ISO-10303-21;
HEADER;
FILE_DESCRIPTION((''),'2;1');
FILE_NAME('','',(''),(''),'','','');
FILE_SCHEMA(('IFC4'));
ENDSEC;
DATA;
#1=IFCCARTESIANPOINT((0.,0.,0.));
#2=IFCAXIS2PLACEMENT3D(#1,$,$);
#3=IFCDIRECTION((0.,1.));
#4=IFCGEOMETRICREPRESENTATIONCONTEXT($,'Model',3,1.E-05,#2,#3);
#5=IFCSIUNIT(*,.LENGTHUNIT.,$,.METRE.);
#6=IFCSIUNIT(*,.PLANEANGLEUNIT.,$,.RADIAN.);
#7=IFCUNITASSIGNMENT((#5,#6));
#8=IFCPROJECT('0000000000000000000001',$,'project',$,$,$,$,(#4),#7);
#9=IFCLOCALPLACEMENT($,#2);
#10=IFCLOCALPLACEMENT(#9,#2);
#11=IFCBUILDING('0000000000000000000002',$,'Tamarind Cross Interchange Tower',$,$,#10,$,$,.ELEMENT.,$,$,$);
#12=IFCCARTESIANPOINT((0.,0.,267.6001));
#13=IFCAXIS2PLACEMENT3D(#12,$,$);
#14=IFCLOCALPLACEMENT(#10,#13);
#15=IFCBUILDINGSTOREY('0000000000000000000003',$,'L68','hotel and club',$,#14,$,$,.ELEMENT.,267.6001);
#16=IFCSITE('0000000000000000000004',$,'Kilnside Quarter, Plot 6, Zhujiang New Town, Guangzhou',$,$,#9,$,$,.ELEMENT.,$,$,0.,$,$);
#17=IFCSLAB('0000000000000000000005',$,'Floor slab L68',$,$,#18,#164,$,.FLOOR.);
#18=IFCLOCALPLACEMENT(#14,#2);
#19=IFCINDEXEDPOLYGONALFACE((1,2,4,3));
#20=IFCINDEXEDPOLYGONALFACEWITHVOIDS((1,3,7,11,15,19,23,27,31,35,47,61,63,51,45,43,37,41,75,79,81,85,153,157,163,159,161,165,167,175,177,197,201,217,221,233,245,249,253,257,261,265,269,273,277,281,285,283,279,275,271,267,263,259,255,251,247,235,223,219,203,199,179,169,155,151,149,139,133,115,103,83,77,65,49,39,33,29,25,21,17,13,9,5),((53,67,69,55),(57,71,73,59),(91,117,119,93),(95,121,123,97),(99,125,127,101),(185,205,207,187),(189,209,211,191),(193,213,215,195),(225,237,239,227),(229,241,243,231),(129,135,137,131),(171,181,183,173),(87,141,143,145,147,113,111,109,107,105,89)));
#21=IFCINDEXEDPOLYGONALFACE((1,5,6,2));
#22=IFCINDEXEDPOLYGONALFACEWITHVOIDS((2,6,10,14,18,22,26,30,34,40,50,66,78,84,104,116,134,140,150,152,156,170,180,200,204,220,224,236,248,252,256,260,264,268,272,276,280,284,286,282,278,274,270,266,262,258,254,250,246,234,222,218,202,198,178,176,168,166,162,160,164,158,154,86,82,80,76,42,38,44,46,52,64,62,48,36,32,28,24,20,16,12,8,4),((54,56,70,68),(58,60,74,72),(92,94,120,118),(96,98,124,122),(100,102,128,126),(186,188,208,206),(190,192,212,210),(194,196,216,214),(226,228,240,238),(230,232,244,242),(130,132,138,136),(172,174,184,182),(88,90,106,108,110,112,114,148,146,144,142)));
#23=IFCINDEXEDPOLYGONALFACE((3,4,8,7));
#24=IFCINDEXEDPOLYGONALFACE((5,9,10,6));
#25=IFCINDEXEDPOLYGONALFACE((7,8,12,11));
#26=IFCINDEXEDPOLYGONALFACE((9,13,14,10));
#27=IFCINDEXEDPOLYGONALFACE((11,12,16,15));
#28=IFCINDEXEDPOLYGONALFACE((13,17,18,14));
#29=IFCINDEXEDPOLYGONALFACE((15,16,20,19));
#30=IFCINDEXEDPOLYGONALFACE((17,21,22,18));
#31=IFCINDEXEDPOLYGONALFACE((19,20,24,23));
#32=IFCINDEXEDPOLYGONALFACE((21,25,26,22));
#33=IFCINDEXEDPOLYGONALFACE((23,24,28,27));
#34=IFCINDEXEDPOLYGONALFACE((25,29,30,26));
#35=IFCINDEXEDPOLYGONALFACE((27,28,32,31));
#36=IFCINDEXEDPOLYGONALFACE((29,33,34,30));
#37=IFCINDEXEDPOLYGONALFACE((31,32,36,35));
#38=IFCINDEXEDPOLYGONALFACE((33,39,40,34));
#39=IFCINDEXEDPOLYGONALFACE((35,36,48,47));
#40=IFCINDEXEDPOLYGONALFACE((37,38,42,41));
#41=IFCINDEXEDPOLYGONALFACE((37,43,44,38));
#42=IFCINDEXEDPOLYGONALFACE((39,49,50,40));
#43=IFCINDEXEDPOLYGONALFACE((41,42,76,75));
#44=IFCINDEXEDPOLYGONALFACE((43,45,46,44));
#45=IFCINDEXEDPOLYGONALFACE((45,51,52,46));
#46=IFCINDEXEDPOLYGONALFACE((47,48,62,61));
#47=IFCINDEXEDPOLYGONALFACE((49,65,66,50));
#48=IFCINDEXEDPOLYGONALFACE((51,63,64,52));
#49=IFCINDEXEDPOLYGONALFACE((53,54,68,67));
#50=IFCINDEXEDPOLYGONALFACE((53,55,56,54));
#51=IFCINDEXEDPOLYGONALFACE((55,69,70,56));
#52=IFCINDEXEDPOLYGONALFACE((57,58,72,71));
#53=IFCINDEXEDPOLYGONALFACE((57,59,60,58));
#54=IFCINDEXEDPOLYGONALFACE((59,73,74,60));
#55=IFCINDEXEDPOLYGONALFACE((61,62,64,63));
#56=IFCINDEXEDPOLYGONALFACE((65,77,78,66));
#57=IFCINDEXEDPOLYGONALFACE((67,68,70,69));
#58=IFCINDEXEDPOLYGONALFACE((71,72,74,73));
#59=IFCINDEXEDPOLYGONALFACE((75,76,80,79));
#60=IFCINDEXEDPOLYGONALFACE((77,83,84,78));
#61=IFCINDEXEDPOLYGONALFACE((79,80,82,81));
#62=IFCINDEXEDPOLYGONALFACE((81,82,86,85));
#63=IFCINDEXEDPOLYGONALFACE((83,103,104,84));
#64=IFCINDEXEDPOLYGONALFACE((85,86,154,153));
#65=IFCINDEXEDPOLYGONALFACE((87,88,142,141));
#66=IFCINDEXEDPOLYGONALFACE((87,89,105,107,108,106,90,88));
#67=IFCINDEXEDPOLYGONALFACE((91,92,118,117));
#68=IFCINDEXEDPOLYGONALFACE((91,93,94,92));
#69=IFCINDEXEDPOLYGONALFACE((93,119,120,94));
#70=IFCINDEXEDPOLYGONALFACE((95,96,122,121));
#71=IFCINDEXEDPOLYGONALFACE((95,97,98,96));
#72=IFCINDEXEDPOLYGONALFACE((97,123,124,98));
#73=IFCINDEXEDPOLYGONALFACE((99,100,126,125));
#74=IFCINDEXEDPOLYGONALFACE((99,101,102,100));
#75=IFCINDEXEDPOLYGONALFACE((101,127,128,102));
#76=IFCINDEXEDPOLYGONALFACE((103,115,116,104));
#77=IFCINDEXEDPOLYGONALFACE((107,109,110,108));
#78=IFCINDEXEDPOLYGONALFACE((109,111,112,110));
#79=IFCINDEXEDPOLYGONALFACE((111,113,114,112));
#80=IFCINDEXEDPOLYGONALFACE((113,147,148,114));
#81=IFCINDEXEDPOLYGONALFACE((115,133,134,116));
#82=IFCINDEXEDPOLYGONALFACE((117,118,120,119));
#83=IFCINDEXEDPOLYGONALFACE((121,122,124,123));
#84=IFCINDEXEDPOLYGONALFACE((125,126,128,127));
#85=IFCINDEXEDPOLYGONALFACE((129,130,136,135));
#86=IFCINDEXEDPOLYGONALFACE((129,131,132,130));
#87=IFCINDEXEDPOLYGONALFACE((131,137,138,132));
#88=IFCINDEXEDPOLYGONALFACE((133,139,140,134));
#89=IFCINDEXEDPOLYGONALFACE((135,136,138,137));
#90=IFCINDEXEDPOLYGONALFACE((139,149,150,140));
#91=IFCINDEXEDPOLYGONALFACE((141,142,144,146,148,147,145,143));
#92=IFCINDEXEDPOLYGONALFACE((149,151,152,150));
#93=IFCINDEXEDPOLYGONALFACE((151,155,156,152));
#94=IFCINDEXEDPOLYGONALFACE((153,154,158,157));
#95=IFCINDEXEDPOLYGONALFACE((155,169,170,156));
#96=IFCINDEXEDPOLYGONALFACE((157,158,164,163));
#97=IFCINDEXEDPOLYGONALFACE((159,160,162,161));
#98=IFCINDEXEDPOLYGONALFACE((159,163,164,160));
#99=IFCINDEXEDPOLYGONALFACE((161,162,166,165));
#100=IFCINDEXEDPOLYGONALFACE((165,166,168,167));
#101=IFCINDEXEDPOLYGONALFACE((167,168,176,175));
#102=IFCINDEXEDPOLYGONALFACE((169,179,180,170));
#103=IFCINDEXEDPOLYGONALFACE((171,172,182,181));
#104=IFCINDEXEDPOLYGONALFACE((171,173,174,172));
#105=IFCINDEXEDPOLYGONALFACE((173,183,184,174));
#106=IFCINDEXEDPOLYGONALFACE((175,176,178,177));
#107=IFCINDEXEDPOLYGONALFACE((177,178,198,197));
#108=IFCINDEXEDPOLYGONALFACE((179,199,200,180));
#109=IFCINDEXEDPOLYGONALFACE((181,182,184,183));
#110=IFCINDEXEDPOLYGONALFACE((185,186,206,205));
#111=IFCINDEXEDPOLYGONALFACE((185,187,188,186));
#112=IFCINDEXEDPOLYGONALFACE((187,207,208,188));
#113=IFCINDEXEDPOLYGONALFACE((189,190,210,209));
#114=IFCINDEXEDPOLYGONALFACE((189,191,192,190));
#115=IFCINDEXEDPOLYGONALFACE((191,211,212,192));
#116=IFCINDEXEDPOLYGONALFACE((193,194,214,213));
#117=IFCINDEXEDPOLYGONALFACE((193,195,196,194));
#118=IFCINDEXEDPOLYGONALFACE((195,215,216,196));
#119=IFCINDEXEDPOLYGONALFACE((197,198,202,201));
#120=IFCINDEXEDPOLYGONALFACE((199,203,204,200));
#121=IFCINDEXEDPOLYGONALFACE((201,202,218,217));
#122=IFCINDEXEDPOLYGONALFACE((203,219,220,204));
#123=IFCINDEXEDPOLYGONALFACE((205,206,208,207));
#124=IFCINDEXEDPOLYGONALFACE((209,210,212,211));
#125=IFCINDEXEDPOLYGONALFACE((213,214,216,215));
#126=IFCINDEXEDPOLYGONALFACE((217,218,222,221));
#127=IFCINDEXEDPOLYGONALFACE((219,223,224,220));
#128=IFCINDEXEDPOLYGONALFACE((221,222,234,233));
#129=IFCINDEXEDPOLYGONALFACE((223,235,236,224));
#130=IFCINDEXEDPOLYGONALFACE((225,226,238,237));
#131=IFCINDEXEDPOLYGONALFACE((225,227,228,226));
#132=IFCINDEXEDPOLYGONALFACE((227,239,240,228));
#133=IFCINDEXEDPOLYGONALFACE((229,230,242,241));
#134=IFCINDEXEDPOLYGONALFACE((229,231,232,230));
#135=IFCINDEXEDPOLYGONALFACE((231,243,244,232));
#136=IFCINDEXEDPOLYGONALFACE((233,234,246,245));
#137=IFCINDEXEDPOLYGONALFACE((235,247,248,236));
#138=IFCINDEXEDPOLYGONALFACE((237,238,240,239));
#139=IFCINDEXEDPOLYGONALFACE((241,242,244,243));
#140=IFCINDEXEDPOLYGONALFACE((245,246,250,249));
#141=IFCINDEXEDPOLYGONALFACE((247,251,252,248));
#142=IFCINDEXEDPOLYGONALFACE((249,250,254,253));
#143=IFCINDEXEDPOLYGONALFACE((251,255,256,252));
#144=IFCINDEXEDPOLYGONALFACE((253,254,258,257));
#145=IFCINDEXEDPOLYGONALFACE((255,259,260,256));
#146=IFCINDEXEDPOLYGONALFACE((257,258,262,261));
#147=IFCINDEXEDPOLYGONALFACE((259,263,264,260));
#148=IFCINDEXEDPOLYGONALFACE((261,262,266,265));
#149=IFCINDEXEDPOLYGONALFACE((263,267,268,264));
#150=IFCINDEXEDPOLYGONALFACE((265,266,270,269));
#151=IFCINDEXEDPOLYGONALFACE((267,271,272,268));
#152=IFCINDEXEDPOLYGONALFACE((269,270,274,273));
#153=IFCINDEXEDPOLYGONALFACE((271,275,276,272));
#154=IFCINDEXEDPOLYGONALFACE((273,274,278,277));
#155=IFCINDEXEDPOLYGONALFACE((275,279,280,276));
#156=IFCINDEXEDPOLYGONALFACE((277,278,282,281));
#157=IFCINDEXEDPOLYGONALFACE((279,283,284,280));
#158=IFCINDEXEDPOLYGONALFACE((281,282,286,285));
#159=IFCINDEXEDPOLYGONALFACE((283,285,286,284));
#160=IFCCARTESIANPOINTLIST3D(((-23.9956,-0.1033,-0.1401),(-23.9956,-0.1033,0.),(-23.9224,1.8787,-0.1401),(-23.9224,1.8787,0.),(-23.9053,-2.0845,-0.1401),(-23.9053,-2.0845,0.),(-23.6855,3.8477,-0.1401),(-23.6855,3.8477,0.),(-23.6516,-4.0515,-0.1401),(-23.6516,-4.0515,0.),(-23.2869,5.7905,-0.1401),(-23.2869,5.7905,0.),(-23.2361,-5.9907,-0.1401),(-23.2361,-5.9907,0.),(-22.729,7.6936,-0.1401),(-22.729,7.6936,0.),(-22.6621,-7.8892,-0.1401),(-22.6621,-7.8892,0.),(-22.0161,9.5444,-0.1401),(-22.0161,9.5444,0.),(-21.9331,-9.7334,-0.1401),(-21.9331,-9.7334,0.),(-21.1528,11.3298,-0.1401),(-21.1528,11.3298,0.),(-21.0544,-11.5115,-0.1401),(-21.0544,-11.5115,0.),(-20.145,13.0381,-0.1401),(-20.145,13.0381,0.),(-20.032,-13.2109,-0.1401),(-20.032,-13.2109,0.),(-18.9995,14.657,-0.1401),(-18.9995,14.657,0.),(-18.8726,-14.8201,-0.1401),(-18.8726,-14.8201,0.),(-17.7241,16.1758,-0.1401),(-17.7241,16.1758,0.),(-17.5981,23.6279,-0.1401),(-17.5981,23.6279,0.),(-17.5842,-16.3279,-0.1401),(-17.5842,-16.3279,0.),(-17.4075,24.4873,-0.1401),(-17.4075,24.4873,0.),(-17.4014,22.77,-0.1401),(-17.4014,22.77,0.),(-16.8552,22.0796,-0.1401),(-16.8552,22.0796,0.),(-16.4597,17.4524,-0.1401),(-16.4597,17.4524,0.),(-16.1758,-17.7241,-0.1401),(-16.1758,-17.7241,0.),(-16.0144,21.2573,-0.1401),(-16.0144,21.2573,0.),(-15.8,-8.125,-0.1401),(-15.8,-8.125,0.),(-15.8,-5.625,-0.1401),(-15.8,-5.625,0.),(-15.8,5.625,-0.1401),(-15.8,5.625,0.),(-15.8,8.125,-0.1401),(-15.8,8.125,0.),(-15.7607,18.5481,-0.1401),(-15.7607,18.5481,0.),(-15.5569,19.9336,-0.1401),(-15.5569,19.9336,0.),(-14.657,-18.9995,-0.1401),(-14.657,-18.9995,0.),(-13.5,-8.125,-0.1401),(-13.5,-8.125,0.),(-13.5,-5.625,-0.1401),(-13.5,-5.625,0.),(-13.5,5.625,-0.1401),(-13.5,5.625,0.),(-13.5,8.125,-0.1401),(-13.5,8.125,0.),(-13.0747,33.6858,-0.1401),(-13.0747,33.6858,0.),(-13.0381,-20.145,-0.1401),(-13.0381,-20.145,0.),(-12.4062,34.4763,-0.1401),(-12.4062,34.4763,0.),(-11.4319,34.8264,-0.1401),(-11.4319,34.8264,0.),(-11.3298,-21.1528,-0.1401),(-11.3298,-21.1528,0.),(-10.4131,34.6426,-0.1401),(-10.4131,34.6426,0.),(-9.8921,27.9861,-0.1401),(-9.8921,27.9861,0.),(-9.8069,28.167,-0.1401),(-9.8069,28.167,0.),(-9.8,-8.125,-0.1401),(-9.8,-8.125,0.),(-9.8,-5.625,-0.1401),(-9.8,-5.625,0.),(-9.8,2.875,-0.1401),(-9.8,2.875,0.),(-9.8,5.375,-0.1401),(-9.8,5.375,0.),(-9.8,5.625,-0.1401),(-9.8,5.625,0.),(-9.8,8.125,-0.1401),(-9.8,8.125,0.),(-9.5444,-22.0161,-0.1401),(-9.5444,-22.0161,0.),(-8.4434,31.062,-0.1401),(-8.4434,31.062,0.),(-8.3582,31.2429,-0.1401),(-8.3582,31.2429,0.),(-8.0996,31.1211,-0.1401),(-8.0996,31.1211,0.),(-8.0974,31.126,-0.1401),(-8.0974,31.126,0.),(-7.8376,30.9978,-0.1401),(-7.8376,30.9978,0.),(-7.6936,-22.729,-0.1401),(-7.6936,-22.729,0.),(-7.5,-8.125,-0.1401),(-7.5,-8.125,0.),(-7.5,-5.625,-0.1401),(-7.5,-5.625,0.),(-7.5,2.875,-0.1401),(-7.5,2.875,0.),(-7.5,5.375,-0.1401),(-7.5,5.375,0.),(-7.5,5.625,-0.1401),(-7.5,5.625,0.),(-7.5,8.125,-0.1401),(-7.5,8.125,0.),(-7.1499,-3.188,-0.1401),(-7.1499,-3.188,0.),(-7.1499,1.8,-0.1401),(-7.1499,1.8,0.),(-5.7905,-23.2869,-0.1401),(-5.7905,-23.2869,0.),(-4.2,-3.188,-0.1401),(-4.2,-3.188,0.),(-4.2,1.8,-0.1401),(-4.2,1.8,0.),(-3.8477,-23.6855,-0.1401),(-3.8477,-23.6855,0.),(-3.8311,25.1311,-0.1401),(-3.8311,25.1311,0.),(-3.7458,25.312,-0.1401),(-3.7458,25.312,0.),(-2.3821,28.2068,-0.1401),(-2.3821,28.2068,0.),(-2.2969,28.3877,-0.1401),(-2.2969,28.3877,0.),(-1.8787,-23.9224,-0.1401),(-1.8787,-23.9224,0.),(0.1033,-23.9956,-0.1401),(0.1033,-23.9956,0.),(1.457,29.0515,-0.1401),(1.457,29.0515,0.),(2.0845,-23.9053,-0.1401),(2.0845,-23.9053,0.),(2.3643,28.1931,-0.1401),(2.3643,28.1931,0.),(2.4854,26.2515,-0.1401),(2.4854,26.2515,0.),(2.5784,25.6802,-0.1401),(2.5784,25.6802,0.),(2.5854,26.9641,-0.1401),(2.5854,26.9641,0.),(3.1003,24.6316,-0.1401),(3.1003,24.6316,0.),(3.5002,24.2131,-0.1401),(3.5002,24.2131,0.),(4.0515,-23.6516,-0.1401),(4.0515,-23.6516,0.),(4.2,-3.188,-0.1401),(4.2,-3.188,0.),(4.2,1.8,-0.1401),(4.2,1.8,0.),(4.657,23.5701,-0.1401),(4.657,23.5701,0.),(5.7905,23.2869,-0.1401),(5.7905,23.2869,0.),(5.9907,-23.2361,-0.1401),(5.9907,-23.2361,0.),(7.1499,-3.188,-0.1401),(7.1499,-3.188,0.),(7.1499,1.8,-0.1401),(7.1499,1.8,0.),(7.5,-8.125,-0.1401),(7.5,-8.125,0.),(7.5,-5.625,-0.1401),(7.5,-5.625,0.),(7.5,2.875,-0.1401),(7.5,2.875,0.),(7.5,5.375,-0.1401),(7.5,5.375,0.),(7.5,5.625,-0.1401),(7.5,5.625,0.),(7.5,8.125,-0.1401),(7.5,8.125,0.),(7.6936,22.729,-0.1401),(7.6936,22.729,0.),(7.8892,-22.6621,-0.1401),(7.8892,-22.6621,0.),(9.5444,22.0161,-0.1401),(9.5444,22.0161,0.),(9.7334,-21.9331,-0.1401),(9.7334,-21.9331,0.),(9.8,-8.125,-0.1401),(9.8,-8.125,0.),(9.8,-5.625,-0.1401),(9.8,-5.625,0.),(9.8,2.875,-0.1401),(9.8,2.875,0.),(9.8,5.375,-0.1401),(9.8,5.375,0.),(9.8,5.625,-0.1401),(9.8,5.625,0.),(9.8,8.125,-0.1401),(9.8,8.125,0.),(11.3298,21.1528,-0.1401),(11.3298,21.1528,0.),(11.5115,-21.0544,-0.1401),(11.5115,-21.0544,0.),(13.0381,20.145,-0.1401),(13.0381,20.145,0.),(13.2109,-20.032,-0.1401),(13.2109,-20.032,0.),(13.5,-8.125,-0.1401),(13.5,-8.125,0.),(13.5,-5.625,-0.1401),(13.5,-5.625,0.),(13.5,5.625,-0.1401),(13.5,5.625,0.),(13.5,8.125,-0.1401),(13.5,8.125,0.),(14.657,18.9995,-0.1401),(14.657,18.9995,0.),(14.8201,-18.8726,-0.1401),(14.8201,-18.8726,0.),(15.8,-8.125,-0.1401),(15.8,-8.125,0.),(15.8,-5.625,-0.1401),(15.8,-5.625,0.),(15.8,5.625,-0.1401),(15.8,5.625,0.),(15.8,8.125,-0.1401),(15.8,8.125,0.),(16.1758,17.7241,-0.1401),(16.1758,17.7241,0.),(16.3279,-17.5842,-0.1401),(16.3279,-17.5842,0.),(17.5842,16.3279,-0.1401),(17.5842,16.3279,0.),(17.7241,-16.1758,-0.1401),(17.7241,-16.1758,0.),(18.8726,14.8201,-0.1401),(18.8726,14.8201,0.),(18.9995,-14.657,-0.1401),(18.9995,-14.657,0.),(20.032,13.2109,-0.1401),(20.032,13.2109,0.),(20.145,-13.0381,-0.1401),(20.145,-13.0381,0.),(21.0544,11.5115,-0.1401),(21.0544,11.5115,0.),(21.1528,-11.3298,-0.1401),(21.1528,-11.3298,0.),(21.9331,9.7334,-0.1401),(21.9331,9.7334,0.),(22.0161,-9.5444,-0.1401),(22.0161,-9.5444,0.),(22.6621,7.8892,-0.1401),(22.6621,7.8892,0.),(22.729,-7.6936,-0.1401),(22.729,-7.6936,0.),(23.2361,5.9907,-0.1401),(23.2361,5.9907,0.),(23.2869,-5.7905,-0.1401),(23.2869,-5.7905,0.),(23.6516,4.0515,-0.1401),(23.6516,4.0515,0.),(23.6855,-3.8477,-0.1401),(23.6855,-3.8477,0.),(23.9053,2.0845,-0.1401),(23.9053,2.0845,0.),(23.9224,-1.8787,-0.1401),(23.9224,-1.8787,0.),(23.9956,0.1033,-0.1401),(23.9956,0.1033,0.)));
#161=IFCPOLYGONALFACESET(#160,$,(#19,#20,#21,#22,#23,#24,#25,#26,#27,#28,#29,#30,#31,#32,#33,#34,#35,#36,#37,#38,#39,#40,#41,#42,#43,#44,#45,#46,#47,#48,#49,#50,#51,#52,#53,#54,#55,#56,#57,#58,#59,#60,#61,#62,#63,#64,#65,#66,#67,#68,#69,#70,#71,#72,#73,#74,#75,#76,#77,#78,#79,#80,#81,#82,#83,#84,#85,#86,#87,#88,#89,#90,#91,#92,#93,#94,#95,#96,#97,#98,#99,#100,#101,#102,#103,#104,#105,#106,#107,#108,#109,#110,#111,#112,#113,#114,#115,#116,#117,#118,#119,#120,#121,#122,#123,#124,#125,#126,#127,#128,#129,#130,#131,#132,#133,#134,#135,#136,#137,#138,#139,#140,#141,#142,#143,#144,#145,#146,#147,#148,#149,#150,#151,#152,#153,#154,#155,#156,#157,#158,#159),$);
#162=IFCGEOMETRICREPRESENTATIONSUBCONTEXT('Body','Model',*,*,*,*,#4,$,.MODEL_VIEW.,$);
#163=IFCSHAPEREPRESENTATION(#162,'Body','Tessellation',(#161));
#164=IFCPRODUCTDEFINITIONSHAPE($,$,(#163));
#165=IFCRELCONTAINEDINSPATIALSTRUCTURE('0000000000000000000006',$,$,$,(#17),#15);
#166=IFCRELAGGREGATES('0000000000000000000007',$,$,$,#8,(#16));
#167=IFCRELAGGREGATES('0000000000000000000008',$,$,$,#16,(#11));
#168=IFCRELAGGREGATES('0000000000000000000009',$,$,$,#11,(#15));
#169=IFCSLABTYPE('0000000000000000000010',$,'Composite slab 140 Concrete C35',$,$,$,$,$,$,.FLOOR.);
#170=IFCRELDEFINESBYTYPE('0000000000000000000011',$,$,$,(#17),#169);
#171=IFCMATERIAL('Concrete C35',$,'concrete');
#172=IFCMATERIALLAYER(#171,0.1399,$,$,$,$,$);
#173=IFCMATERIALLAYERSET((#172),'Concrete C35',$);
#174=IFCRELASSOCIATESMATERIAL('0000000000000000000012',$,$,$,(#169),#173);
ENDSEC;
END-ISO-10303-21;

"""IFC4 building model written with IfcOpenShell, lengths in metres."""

from ifc_helpers import new_model, si_unit, direction, frame, origin, place, context, subcontext, project, spatial, polyline, outline, extrude, material, layer, layer_set, type_object, element, save


model = new_model("IFC4")

# Units and contexts
model_context = context("Model", 3, precision=1e-05, world=origin(), true_north=direction((0.0, 1.0)))
body_context = subcontext(model_context, "Body", "Model", "MODEL_VIEW")
ifc_project = project(units=[si_unit("LENGTHUNIT", "METRE"), si_unit("PLANEANGLEUNIT", "RADIAN")], contexts=[model_context])

# Site, building, storey
site_placement = place(None, origin())
site = spatial("IfcSite", under=ifc_project, at=site_placement, Name="Kilnside Quarter, Plot 6, Zhujiang New Town, Guangzhou", CompositionType="ELEMENT", RefElevation=0.0)
building_placement = place(site_placement, origin())
building = spatial("IfcBuilding", under=site, at=building_placement, Name="Tamarind Cross Interchange Tower", CompositionType="ELEMENT")
storey_placement = place(building_placement, frame((0.0, 0.0, 267.6001)))
storey = spatial("IfcBuildingStorey", under=building, at=storey_placement, Name="L68", Description="hotel and club", CompositionType="ELEMENT", Elevation=267.6001)

# Slab
ifc_material_1 = material(Name="Concrete C35", Category="concrete")
ifc_layer_1 = layer(ifc_material_1, 0.1399)
ifc_layer_set_1 = layer_set([ifc_layer_1], Name="Concrete C35")
slab_type = type_object("IfcSlabType", Name="Composite slab 140 Concrete C35", PredefinedType="FLOOR", material=ifc_layer_set_1)
slab_1_placement = place(storey_placement, frame((0.0, 0.0, -0.1401)))
element("IfcSlab", 1, at=slab_1_placement, inside=storey, type_object=slab_type, Name="Floor slab L68", PredefinedType="FLOOR", context=body_context, shape_type="SweptSolid", body=[
    extrude(outline(polyline([(2.3643, 28.1931), (1.457, 29.0515), (-10.4131, 34.6426), (-11.4319, 34.8264), (-12.4062, 34.4763), (-13.0747, 33.6858), (-17.4075, 24.4873), (-17.5981, 23.6279), (-17.4014, 22.77), (-16.8552, 22.0796), (-16.0144, 21.2573), (-15.5569, 19.9336), (-15.7607, 18.5481), (-16.4597, 17.4524), (-17.7241, 16.1758), (-18.9995, 14.657), (-20.145, 13.0381), (-21.1528, 11.3298), (-22.0161, 9.5444), (-22.729, 7.6936), (-23.2869, 5.7905), (-23.6855, 3.8477), (-23.9224, 1.8787), (-23.9956, -0.1033), (-23.9053, -2.0845), (-23.6516, -4.0515), (-23.2361, -5.9907), (-22.6621, -7.8892), (-21.9331, -9.7334), (-21.0544, -11.5115), (-20.032, -13.2109), (-18.8726, -14.8201), (-17.5842, -16.3279), (-16.1758, -17.7241), (-14.657, -18.9995), (-13.0381, -20.145), (-11.3298, -21.1528), (-9.5444, -22.0161), (-7.6936, -22.729), (-5.7905, -23.2869), (-3.8477, -23.6855), (-1.8787, -23.9224), (0.1033, -23.9956), (2.0845, -23.9053), (4.0515, -23.6516), (5.9907, -23.2361), (7.8892, -22.6621), (9.7334, -21.9331), (11.5115, -21.0544), (13.2109, -20.032), (14.8201, -18.8726), (16.3279, -17.5842), (17.7241, -16.1758), (18.9995, -14.657), (20.145, -13.0381), (21.1528, -11.3298), (22.0161, -9.5444), (22.729, -7.6936), (23.2869, -5.7905), (23.6855, -3.8477), (23.9224, -1.8787), (23.9956, 0.1033), (23.9053, 2.0845), (23.6516, 4.0515), (23.2361, 5.9907), (22.6621, 7.8892), (21.9331, 9.7334), (21.0544, 11.5115), (20.032, 13.2109), (18.8726, 14.8201), (17.5842, 16.3279), (16.1758, 17.7241), (14.657, 18.9995), (13.0381, 20.145), (11.3298, 21.1528), (9.5444, 22.0161), (7.6936, 22.729), (5.7905, 23.2869), (4.657, 23.5701), (3.5002, 24.2131), (3.1003, 24.6316), (2.5784, 25.6802), (2.4854, 26.2515), (2.5854, 26.9641), (2.3643, 28.1931)]), holes=[polyline([(-13.5, -5.625), (-13.5, -8.125), (-15.8, -8.125), (-15.8, -5.625), (-13.5, -5.625)]), polyline([(-7.5, -5.625), (-7.5, -8.125), (-9.8, -8.125), (-9.8, -5.625), (-7.5, -5.625)]), polyline([(-7.1499, 1.8), (-4.2, 1.8), (-4.2, -3.188), (-7.1499, -3.188), (-7.1499, 1.8)]), polyline([(-7.5, 5.375), (-7.5, 2.875), (-9.8, 2.875), (-9.8, 5.375), (-7.5, 5.375)]), polyline([(-13.5, 8.125), (-13.5, 5.625), (-15.8, 5.625), (-15.8, 8.125), (-13.5, 8.125)]), polyline([(-7.5, 8.125), (-7.5, 5.625), (-9.8, 5.625), (-9.8, 8.125), (-7.5, 8.125)]), polyline([(-9.8921, 27.9861), (-9.8069, 28.167), (-8.4434, 31.062), (-8.3582, 31.2429), (-8.0996, 31.1211), (-8.0974, 31.126), (-7.8376, 30.9978), (-2.2969, 28.3877), (-2.3821, 28.2068), (-3.7458, 25.312), (-3.8311, 25.1311), (-9.8921, 27.9861)]), polyline([(7.5, -8.125), (7.5, -5.625), (9.8, -5.625), (9.8, -8.125), (7.5, -8.125)]), polyline([(13.5, -8.125), (13.5, -5.625), (15.8, -5.625), (15.8, -8.125), (13.5, -8.125)]), polyline([(4.2, 1.8), (7.1499, 1.8), (7.1499, -3.188), (4.2, -3.188), (4.2, 1.8)]), polyline([(7.5, 2.875), (7.5, 5.375), (9.8, 5.375), (9.8, 2.875), (7.5, 2.875)]), polyline([(7.5, 5.625), (7.5, 8.125), (9.8, 8.125), (9.8, 5.625), (7.5, 5.625)]), polyline([(13.5, 5.625), (13.5, 8.125), (15.8, 8.125), (15.8, 5.625), (13.5, 5.625)])]), origin(), (0.0, 0.0, 1.0), 0.1401),
])

save(model, "model.ifc")
